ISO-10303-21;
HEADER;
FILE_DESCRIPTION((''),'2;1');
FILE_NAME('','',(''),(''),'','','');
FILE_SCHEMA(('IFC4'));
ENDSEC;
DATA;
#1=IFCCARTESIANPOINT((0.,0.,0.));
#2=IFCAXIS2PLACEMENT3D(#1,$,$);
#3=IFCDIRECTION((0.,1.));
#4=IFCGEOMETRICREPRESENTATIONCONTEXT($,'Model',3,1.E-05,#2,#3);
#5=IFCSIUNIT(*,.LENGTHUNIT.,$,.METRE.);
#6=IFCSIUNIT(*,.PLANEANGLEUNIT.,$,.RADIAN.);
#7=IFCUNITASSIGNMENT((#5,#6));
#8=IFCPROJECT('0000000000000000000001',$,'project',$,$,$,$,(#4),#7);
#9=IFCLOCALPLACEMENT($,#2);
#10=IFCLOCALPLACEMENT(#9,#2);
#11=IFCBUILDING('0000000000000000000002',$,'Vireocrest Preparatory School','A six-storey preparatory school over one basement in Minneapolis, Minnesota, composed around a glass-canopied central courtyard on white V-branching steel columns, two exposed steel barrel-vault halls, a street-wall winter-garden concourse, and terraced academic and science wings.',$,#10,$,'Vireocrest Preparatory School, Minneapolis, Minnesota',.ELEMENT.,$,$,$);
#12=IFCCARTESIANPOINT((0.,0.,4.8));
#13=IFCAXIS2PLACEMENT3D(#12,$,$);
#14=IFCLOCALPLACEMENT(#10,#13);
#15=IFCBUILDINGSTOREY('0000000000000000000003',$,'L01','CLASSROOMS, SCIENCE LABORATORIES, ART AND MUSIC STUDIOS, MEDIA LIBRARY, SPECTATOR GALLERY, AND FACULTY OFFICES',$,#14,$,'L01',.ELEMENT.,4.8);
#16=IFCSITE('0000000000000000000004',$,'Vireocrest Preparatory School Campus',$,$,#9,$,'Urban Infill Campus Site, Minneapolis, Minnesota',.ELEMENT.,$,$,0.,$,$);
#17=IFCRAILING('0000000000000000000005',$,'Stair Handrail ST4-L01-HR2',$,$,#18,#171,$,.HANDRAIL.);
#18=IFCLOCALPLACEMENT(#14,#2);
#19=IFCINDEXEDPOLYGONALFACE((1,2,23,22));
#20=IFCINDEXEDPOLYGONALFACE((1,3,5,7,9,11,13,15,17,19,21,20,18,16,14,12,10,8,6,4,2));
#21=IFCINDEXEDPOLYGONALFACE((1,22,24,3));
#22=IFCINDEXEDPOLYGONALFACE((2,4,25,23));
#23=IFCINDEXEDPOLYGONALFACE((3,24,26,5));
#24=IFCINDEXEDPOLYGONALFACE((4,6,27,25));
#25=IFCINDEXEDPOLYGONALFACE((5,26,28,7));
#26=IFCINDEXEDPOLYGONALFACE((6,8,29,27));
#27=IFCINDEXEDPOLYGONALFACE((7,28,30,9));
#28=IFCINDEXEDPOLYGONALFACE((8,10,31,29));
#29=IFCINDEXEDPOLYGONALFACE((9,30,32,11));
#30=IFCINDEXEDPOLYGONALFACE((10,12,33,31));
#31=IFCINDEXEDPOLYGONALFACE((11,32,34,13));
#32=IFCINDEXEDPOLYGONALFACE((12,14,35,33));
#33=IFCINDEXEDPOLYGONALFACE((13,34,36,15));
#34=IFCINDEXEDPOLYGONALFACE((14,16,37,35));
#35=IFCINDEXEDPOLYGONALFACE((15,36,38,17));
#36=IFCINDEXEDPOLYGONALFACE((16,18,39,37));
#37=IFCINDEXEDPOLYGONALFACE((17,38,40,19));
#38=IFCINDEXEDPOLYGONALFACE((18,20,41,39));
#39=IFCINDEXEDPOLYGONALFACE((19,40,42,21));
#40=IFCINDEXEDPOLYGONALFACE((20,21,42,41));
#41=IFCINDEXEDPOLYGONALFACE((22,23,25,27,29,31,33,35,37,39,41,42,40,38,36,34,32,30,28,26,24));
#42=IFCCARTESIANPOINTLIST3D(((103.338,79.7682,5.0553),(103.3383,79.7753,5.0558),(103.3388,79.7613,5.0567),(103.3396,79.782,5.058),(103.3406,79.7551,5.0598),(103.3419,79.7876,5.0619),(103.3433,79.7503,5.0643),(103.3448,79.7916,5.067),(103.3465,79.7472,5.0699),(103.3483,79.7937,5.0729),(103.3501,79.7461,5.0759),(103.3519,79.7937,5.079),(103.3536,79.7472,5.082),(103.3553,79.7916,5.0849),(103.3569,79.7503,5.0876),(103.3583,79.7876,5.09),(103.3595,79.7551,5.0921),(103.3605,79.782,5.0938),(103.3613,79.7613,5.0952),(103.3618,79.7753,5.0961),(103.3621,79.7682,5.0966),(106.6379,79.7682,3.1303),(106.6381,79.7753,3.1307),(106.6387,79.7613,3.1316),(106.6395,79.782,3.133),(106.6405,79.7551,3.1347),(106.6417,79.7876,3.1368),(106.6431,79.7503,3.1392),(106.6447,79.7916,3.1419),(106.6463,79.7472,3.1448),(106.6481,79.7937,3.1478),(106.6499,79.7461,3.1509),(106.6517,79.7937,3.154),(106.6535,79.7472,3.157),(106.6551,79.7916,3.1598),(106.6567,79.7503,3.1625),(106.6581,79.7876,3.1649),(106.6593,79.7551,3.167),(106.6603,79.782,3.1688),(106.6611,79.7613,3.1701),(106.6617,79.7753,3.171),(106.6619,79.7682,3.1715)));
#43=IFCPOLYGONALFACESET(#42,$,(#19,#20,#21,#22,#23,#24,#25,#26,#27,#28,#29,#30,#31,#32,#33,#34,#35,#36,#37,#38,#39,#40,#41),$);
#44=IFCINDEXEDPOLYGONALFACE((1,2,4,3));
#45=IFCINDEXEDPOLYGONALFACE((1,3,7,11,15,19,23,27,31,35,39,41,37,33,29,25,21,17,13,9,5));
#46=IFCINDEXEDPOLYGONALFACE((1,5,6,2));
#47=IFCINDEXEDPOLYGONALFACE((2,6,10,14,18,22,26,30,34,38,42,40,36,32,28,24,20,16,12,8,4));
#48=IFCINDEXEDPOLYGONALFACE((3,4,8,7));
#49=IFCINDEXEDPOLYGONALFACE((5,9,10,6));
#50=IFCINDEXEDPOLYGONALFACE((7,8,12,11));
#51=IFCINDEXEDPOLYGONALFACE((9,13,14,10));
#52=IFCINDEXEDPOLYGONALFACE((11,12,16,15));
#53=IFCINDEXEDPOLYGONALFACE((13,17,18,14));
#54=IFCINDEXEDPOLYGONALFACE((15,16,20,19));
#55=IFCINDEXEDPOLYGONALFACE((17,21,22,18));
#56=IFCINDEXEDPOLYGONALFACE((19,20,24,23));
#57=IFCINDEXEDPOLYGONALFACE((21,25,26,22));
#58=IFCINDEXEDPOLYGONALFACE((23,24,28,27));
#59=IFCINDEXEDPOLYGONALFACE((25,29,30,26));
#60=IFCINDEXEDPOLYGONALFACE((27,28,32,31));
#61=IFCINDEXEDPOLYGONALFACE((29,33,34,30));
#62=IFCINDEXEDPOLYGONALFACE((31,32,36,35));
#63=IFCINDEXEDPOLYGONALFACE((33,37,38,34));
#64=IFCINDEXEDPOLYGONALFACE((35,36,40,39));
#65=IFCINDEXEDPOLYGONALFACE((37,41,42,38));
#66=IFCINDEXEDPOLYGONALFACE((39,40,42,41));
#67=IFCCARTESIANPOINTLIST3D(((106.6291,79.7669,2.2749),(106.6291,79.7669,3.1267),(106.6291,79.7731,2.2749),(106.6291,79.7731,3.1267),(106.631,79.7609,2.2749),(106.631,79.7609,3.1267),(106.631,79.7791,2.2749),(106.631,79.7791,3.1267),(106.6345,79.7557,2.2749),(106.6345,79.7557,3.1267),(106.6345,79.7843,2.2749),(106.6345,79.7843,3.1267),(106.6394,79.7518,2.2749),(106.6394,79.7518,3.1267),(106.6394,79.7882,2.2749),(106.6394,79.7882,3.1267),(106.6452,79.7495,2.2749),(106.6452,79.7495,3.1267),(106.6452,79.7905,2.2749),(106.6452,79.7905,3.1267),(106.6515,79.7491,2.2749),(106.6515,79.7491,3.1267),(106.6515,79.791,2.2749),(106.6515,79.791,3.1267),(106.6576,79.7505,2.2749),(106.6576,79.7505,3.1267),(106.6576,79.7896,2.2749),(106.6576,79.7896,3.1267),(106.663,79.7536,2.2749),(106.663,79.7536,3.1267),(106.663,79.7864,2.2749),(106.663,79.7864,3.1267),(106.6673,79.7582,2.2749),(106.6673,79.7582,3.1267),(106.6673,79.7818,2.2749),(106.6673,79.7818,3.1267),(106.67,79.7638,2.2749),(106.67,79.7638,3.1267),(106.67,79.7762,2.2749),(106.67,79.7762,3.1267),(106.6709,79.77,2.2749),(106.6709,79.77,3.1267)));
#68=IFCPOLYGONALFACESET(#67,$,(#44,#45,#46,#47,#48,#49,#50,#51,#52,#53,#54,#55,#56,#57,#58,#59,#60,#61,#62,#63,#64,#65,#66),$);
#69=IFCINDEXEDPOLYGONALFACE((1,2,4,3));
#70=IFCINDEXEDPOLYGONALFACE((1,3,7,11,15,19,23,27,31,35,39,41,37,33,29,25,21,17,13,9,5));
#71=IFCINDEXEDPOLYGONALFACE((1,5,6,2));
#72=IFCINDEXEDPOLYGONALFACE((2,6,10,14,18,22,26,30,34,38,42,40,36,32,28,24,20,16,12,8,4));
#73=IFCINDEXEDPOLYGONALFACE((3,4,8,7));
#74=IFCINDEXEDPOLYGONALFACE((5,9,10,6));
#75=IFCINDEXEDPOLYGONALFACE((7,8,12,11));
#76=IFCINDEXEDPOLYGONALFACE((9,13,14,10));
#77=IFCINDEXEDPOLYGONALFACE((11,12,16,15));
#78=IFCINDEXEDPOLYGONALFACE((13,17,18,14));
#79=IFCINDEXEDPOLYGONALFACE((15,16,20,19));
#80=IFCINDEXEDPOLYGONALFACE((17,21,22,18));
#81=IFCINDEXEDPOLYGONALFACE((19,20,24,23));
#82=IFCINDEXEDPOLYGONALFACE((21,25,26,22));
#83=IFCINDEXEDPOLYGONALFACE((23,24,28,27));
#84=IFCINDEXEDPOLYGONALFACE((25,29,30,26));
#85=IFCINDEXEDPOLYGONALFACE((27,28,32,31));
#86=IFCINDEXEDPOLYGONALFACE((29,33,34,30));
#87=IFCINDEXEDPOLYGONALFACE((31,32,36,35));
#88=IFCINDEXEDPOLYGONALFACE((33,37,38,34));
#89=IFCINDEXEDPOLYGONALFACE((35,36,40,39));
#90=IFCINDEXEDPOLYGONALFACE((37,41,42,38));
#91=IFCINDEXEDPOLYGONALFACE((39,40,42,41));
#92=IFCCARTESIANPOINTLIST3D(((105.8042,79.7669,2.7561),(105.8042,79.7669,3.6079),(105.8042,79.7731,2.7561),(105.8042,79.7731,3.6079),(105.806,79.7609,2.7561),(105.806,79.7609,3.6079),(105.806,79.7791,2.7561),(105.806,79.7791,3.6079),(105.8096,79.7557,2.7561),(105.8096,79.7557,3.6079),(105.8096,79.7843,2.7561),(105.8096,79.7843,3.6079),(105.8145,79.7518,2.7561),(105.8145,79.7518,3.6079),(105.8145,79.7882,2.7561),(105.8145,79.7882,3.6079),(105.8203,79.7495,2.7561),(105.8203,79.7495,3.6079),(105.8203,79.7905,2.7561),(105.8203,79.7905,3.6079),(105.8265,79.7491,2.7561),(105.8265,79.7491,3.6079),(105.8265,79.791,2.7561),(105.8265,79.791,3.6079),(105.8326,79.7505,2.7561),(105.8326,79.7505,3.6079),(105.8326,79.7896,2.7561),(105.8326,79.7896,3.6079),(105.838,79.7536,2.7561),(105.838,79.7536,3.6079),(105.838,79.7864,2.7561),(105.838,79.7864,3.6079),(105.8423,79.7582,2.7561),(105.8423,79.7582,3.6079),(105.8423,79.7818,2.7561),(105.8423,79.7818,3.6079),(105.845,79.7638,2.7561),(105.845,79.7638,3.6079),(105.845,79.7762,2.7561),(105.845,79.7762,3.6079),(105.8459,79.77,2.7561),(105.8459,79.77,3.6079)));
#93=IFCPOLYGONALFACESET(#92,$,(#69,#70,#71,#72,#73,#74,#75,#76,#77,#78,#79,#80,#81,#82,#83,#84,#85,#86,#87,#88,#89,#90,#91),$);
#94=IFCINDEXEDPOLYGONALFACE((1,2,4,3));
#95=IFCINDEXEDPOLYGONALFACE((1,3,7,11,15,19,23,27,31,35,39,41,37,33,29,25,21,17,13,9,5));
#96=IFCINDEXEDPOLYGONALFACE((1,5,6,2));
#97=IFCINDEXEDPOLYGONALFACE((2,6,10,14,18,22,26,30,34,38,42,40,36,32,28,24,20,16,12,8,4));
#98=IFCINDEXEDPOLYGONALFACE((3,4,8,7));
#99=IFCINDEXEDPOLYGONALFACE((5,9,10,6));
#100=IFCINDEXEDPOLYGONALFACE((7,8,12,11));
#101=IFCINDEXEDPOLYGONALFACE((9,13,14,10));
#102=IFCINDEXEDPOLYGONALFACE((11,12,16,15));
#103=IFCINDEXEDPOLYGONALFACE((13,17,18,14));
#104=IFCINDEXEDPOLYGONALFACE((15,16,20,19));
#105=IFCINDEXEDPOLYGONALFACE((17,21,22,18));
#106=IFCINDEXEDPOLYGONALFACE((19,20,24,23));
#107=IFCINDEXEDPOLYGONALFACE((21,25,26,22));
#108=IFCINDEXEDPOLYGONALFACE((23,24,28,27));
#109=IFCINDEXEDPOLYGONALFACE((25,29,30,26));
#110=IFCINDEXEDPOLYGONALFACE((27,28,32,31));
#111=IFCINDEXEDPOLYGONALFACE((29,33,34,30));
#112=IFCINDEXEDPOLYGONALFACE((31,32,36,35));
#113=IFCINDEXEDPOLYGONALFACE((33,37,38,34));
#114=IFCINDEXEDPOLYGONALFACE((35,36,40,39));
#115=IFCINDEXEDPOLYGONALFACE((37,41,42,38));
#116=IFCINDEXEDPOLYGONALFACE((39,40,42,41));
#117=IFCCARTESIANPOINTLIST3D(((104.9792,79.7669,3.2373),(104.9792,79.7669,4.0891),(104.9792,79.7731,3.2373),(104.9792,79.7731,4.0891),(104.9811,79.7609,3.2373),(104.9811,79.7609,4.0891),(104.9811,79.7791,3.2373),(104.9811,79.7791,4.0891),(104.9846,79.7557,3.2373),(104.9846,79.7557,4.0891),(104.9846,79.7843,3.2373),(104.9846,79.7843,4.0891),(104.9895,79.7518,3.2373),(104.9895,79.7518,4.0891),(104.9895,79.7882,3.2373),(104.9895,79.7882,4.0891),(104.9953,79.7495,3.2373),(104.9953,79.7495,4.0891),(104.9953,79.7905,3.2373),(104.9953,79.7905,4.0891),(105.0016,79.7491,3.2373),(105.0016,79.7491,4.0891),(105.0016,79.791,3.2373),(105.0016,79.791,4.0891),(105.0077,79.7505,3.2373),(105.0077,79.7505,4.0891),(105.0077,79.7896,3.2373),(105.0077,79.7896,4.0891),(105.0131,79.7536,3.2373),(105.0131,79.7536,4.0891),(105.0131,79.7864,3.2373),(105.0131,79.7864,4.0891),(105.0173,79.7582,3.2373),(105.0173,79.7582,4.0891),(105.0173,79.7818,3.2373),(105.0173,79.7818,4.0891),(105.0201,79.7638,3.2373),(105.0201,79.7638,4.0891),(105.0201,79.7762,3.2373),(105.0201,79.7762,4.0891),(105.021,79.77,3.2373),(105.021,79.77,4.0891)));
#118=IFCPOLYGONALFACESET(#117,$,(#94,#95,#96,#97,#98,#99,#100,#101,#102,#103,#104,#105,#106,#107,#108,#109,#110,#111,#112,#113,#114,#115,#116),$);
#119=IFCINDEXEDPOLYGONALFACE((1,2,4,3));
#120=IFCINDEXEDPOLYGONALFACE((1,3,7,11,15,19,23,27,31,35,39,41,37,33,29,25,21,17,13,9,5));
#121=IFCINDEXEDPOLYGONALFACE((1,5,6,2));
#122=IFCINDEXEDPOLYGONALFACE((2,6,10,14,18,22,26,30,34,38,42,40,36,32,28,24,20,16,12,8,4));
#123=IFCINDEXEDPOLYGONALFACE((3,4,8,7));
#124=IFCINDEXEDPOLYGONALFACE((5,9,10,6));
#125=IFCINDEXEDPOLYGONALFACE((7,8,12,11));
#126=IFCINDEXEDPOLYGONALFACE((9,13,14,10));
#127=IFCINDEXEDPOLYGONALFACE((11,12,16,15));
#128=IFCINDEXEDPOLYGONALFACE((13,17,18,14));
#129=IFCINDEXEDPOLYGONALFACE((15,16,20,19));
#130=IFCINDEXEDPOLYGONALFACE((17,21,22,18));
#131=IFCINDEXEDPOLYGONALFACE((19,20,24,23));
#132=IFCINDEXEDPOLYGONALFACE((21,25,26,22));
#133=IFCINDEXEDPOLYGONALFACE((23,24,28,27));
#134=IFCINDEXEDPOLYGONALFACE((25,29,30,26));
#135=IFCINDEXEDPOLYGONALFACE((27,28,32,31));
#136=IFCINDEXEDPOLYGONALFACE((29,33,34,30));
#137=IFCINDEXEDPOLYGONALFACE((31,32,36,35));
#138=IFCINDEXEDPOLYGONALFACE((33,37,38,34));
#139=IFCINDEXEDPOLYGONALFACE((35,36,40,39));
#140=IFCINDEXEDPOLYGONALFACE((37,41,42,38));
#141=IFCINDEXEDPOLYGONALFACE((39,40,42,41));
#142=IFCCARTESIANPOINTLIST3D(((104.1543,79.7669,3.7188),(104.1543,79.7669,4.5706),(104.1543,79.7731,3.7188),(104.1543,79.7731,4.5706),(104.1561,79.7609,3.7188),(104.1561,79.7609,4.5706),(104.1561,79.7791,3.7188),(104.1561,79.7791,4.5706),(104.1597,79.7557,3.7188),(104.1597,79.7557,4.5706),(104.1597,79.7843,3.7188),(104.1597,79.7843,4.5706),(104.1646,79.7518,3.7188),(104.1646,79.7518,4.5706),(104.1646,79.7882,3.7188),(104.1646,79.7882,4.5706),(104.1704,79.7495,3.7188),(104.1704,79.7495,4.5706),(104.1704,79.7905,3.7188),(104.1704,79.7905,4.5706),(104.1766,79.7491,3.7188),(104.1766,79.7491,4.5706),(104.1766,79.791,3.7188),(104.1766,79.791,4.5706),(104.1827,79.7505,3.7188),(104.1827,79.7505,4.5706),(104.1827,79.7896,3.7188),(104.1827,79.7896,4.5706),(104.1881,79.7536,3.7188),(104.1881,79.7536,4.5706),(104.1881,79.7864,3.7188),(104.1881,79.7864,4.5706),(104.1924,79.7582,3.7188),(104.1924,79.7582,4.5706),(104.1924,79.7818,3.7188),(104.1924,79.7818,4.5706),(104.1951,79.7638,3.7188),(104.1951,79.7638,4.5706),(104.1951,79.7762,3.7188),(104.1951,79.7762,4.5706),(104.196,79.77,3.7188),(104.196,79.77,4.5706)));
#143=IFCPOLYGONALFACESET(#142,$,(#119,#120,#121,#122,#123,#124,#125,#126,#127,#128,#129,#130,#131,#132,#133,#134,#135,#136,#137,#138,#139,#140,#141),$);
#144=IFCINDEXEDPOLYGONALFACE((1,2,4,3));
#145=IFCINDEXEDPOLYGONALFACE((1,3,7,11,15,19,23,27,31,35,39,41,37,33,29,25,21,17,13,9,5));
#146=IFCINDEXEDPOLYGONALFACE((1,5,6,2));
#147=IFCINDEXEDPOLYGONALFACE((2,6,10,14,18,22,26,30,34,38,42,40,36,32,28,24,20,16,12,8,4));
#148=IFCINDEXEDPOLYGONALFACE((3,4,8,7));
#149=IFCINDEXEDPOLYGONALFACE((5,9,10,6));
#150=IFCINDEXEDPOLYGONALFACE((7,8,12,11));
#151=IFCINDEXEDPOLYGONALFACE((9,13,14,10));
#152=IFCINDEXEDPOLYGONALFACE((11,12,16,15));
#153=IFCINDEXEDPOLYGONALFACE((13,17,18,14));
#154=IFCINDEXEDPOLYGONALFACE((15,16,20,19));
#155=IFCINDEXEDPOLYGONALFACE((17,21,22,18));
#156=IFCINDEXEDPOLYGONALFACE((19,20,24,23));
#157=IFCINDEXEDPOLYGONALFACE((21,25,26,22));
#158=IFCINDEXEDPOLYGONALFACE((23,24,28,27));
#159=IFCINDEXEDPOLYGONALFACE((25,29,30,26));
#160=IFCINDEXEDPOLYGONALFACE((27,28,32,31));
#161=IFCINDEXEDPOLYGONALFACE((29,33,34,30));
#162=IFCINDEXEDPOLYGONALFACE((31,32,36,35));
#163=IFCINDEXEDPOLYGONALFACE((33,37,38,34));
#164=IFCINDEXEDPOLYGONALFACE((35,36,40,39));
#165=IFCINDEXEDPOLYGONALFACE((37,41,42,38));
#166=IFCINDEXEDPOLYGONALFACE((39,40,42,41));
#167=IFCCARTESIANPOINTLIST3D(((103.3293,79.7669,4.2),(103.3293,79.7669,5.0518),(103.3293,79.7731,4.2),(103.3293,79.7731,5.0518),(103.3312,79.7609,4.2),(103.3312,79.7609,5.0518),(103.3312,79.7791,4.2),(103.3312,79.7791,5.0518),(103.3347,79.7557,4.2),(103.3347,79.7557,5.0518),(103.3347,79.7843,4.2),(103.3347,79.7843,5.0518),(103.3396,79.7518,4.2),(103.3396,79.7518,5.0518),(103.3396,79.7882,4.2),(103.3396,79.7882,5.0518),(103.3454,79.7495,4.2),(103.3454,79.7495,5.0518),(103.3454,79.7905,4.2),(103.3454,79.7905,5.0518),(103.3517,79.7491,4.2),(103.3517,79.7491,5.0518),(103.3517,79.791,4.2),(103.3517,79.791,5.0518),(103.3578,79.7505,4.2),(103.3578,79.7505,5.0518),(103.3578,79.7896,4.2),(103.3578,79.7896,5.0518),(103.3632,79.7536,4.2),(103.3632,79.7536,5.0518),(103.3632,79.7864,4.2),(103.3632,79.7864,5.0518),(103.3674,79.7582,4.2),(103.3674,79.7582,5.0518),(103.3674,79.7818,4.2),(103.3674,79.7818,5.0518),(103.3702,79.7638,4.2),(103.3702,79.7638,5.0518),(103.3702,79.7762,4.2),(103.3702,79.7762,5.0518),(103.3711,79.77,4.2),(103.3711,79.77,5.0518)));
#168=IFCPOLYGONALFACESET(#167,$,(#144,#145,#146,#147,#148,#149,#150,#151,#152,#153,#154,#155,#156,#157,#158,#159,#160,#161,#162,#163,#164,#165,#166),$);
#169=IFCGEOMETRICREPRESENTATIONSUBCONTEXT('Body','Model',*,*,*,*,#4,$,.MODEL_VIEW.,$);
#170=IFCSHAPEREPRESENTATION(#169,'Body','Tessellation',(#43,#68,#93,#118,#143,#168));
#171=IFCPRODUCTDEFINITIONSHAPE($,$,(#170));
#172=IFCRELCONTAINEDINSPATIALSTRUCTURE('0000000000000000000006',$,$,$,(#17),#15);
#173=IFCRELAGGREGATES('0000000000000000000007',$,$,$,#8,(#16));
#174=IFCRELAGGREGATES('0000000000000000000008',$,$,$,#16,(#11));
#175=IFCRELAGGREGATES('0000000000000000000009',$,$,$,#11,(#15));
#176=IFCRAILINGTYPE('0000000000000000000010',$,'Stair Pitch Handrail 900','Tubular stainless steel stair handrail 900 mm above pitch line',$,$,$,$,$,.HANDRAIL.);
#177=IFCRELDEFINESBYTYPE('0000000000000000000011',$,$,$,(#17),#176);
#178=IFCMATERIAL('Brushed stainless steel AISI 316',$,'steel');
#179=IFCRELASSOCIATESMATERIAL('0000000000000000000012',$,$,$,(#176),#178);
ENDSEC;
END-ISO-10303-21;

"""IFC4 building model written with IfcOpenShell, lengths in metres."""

from ifc_helpers import new_model, si_unit, direction, frame, origin, origin_2d, place, context, subcontext, project, spatial, circle, extrude, material, type_object, element, save


model = new_model("IFC4")

# Units and contexts
model_context = context("Model", 3, precision=1e-05, world=origin(), true_north=direction((0.0, 1.0)))
body_context = subcontext(model_context, "Body", "Model", "MODEL_VIEW")
ifc_project = project(units=[si_unit("LENGTHUNIT", "METRE"), si_unit("PLANEANGLEUNIT", "RADIAN")], contexts=[model_context])

# Site, building, storey
site_placement = place(None, origin())
site = spatial("IfcSite", under=ifc_project, at=site_placement, Name="Vireocrest Preparatory School Campus", LongName="Urban Infill Campus Site, Minneapolis, Minnesota", CompositionType="ELEMENT", RefElevation=0.0)
building_placement = place(site_placement, origin())
building = spatial("IfcBuilding", under=site, at=building_placement, Name="Vireocrest Preparatory School", Description="A six-storey preparatory school over one basement in Minneapolis, Minnesota, composed around a glass-canopied central courtyard on white V-branching steel columns, two exposed steel barrel-vault halls, a street-wall winter-garden concourse, and terraced academic and science wings.", LongName="Vireocrest Preparatory School, Minneapolis, Minnesota", CompositionType="ELEMENT")
storey_placement = place(building_placement, frame((0.0, 0.0, 4.8)))
storey = spatial("IfcBuildingStorey", under=building, at=storey_placement, Name="L01", Description="CLASSROOMS, SCIENCE LABORATORIES, ART AND MUSIC STUDIOS, MEDIA LIBRARY, SPECTATOR GALLERY, AND FACULTY OFFICES", LongName="L01", CompositionType="ELEMENT", Elevation=4.8)

# Railing
ifc_material_1 = material(Name="Brushed stainless steel AISI 316", Category="steel")
railing_type_1 = type_object("IfcRailingType", Name="Stair Pitch Handrail 900", Description="Tubular stainless steel stair handrail 900 mm above pitch line", PredefinedType="HANDRAIL", material=ifc_material_1)
railing_1_placement = place(storey_placement, frame((106.6499, 79.77, 2.2749)))
element("IfcRailing", 1, at=railing_1_placement, inside=storey, type_object=railing_type_1, Name="Stair Handrail ST4-L01-HR2", PredefinedType="HANDRAIL", context=body_context, shape_type="SweptSolid", body=[
    extrude(circle(Radius=0.0239, at=origin_2d()), frame((0.0, 0.0, 0.876), z_axis=(-0.86376, 0.0, 0.503903), x_axis=(0.0, -1.0, 0.0)), (0.0, 0.0, 1.0), 3.8203),
    extrude(circle(Radius=0.021, at=origin_2d()), origin(), (0.0, 0.0, 1.0), 0.8518),
    extrude(circle(Radius=0.021, at=origin_2d()), frame((-0.825, 0.0, 0.4812)), (0.0, 0.0, 1.0), 0.8518),
    extrude(circle(Radius=0.021, at=origin_2d()), frame((-1.6499, 0.0, 0.9624)), (0.0, 0.0, 1.0), 0.8518),
    extrude(circle(Radius=0.021, at=origin_2d()), frame((-2.4749, 0.0, 1.4438)), (0.0, 0.0, 1.0), 0.8518),
    extrude(circle(Radius=0.021, at=origin_2d()), frame((-3.2998, 0.0, 1.925)), (0.0, 0.0, 1.0), 0.8518),
])

save(model, "model.ifc")
